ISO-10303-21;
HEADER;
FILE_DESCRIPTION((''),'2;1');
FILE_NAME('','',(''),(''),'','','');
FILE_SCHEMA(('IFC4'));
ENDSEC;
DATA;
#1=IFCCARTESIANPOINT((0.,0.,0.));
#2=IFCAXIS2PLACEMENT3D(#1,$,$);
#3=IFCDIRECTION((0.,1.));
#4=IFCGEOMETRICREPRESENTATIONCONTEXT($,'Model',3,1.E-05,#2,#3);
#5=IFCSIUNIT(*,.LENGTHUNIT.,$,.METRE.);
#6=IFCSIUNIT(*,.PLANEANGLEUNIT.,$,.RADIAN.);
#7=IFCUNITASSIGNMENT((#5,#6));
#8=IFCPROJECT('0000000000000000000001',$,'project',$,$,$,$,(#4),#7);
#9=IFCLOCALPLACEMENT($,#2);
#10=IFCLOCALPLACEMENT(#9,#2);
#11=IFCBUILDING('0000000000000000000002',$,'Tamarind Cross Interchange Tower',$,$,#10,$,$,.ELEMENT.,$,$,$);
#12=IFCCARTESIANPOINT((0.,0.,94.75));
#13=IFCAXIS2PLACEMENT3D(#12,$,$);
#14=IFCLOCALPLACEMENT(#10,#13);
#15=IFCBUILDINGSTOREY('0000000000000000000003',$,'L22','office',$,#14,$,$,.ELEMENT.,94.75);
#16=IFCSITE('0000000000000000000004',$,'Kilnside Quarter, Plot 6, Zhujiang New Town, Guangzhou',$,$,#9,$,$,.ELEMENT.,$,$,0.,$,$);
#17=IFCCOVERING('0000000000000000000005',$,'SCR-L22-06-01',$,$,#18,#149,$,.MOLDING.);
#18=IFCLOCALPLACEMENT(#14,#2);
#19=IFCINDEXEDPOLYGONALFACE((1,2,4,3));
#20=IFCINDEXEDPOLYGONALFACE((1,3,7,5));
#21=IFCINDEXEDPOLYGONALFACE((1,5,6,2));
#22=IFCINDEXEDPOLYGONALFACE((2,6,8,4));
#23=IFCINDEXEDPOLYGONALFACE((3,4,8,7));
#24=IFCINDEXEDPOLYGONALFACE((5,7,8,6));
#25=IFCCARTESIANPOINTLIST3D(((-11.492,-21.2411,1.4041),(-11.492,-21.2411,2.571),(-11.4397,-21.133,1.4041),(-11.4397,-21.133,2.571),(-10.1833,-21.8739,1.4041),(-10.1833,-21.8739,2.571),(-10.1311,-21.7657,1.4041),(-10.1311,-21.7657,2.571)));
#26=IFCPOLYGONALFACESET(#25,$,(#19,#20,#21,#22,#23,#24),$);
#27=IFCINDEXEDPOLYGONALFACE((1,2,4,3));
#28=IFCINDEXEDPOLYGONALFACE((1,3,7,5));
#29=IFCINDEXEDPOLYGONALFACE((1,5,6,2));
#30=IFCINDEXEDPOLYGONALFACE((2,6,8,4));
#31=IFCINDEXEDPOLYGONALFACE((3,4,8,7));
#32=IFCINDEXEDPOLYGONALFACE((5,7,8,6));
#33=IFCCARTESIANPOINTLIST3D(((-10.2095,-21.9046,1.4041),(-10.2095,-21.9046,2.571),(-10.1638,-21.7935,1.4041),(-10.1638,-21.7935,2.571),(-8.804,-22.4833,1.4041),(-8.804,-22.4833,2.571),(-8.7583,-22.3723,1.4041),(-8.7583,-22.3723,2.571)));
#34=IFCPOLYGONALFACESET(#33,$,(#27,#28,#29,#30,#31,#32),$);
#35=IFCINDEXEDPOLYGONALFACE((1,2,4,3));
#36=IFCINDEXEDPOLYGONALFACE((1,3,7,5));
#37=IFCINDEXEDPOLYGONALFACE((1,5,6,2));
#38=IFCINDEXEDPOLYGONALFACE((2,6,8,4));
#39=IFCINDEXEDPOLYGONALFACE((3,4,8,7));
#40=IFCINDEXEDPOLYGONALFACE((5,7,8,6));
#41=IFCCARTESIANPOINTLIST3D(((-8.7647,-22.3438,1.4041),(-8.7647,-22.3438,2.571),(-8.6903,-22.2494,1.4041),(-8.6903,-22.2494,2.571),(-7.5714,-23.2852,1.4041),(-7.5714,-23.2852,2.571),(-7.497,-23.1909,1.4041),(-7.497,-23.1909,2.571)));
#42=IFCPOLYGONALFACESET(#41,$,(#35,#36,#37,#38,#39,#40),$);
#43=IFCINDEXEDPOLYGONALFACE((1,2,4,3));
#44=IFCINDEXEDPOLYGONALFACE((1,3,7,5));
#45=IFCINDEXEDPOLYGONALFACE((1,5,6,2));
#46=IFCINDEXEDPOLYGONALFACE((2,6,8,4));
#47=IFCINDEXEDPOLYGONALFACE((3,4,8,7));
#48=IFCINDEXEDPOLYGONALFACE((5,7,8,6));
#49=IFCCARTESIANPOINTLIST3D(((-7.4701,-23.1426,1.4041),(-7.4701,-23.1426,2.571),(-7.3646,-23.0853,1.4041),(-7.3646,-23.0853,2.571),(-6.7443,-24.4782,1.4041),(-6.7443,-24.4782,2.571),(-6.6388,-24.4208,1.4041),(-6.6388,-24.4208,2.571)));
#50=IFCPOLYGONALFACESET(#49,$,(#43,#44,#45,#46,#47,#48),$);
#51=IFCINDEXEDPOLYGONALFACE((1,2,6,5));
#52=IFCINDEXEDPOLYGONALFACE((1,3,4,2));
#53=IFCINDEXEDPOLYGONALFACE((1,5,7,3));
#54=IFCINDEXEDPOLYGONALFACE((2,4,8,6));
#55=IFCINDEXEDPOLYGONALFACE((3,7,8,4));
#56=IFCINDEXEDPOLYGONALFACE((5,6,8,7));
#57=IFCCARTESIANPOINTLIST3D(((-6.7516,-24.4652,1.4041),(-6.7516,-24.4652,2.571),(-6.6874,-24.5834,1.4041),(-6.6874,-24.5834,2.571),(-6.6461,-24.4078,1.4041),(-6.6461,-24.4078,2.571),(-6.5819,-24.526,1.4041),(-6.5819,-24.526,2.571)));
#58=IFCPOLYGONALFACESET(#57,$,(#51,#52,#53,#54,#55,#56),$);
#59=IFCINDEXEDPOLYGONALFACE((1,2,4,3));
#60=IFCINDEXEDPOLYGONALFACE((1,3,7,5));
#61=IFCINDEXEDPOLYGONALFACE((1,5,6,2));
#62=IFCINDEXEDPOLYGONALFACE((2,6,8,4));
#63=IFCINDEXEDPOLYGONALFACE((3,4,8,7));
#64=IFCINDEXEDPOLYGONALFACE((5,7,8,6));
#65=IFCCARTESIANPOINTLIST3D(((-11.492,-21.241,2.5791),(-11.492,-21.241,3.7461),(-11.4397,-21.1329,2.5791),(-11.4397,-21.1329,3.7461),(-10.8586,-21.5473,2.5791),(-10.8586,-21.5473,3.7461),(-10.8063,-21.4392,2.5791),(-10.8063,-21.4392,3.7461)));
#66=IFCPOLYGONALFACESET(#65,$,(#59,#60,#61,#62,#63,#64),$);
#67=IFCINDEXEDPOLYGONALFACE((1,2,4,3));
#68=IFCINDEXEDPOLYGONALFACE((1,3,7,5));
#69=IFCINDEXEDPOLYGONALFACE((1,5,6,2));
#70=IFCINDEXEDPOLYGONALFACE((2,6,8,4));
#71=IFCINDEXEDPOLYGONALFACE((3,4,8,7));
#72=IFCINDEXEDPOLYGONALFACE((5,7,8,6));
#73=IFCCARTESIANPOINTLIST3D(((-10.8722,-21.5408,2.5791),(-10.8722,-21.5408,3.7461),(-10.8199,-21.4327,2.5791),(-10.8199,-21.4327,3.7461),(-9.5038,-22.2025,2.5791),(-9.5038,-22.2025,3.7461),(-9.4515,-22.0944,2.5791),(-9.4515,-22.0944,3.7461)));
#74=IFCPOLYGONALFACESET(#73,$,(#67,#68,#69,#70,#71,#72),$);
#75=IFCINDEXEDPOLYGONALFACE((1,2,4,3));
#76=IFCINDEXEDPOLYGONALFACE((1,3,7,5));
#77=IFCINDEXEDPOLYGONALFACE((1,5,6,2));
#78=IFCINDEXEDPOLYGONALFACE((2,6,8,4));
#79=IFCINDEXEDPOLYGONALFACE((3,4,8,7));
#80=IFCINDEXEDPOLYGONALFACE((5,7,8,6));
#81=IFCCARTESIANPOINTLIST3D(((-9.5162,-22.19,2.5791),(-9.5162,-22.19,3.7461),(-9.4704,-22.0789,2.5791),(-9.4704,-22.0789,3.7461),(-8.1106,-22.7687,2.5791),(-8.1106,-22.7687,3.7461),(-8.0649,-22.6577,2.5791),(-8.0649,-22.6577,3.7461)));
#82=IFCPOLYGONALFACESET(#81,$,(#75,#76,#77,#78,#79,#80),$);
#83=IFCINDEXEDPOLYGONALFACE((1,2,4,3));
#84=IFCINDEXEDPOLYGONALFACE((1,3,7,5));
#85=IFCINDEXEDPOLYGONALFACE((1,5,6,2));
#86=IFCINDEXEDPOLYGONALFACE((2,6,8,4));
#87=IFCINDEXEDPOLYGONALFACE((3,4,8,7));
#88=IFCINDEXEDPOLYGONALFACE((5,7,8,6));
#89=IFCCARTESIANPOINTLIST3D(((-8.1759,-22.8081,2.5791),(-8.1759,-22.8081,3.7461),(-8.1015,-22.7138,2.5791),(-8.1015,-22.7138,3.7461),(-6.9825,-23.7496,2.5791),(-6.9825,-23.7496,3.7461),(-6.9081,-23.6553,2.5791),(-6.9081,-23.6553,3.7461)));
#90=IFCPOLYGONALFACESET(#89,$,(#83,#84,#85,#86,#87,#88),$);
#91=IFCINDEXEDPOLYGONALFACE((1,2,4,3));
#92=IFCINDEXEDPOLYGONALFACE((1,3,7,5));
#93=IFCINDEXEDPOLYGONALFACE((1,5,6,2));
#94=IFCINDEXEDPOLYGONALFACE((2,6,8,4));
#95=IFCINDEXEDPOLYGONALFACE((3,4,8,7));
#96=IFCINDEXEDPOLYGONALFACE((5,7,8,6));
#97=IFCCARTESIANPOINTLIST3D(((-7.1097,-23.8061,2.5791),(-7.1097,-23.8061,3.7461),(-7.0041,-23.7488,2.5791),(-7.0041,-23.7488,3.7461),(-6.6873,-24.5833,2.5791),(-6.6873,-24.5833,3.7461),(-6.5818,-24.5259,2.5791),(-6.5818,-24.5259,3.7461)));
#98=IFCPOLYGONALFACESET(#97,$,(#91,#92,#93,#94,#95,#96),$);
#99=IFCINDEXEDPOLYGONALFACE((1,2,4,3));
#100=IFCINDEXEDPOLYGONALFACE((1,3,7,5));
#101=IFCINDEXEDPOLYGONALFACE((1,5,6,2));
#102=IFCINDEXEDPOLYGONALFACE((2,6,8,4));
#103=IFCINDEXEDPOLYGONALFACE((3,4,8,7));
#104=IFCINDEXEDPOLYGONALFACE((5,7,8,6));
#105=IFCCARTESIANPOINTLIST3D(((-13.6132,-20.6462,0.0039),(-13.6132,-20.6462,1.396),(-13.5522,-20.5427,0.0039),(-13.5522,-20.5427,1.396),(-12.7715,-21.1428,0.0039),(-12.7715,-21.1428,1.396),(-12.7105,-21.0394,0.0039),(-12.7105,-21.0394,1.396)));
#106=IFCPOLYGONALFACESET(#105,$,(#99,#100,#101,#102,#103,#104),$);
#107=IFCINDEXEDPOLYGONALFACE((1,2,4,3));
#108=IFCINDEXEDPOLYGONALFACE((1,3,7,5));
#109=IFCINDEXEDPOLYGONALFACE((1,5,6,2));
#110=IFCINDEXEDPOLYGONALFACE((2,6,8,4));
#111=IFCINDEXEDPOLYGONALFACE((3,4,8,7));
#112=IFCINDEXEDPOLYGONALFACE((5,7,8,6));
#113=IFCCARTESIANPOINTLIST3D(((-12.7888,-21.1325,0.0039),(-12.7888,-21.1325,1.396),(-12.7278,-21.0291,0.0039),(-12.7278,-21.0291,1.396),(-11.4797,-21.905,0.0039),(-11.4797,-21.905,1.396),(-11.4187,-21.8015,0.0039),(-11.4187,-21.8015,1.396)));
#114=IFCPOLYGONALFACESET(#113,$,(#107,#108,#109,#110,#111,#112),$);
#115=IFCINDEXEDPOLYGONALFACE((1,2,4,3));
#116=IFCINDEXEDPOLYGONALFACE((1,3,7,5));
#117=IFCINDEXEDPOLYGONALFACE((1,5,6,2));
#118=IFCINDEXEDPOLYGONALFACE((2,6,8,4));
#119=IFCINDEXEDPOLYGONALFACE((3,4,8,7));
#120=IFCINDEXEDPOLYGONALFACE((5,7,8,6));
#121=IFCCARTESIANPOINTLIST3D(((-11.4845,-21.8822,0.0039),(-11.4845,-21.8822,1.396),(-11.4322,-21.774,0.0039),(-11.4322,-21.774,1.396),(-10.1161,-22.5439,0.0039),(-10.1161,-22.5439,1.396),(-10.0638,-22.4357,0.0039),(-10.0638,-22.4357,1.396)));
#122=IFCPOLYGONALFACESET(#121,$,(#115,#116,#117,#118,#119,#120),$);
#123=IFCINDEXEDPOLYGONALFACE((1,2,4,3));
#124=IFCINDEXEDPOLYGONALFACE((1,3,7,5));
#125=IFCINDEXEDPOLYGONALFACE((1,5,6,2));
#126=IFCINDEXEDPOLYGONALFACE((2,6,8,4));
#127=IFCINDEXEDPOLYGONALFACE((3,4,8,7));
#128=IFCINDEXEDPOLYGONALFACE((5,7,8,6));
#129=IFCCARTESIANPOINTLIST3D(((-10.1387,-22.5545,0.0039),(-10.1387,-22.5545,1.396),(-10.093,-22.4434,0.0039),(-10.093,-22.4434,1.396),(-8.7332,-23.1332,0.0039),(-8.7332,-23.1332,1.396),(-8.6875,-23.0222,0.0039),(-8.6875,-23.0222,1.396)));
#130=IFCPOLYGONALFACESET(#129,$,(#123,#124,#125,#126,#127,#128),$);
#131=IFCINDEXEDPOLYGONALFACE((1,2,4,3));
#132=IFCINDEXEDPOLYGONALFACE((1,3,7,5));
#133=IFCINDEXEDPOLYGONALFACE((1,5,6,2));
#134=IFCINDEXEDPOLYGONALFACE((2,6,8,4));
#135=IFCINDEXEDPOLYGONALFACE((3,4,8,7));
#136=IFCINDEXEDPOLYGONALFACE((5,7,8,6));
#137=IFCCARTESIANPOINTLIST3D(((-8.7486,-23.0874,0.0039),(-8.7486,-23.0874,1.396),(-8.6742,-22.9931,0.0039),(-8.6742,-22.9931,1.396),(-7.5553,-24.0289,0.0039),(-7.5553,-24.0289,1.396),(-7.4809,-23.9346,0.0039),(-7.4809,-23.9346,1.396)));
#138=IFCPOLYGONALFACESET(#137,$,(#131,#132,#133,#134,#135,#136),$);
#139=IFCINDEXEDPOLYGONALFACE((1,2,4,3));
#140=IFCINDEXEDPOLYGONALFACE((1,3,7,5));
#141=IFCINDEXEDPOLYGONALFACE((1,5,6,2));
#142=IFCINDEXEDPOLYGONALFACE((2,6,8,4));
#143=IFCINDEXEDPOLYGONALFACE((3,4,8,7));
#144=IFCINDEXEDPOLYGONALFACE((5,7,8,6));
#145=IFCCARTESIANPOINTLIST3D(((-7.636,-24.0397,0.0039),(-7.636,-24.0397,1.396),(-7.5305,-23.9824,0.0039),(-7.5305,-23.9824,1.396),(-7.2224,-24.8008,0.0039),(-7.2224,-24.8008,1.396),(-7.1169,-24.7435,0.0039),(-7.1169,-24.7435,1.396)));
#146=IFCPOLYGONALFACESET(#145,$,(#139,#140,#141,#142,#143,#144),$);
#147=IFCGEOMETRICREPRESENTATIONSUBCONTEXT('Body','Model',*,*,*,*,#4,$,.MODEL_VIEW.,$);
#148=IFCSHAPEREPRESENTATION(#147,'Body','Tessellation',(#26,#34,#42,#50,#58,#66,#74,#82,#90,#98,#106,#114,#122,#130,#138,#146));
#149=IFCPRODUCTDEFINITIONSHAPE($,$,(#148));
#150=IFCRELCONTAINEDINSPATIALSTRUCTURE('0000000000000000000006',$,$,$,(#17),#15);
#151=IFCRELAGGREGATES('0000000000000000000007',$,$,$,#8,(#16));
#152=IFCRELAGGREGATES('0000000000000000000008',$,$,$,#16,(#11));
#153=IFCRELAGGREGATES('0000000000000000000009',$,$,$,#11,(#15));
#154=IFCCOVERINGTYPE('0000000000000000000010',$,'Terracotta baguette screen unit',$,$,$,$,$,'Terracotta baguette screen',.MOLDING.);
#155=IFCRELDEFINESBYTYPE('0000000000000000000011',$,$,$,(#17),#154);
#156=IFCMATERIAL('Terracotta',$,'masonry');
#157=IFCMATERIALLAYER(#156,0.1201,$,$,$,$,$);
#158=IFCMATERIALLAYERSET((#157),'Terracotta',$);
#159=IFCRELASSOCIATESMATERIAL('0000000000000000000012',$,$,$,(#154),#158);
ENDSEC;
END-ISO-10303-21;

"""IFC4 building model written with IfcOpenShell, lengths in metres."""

from ifc_helpers import new_model, si_unit, direction, frame, origin, origin_2d, place, context, subcontext, project, spatial, rectangle, extrude, material, layer, layer_set, type_object, element, save


model = new_model("IFC4")

# Units and contexts
model_context = context("Model", 3, precision=1e-05, world=origin(), true_north=direction((0.0, 1.0)))
body_context = subcontext(model_context, "Body", "Model", "MODEL_VIEW")
ifc_project = project(units=[si_unit("LENGTHUNIT", "METRE"), si_unit("PLANEANGLEUNIT", "RADIAN")], contexts=[model_context])

# Site, building, storey
site_placement = place(None, origin())
site = spatial("IfcSite", under=ifc_project, at=site_placement, Name="Kilnside Quarter, Plot 6, Zhujiang New Town, Guangzhou", CompositionType="ELEMENT", RefElevation=0.0)
building_placement = place(site_placement, origin())
building = spatial("IfcBuilding", under=site, at=building_placement, Name="Tamarind Cross Interchange Tower", CompositionType="ELEMENT")
storey_placement = place(building_placement, frame((0.0, 0.0, 94.75)))
storey = spatial("IfcBuildingStorey", under=building, at=storey_placement, Name="L22", Description="office", CompositionType="ELEMENT", Elevation=94.75)

# Covering
ifc_material_1 = material(Name="Terracotta", Category="masonry")
ifc_layer_1 = layer(ifc_material_1, 0.1201)
ifc_layer_set_1 = layer_set([ifc_layer_1], Name="Terracotta")
covering_type = type_object("IfcCoveringType", Name="Terracotta baguette screen unit", ElementType="Terracotta baguette screen", PredefinedType="MOLDING", material=ifc_layer_set_1)
covering_1_placement = place(storey_placement, origin())
element("IfcCovering", 1, at=covering_1_placement, inside=storey, type_object=covering_type, Name="SCR-L22-06-01", PredefinedType="MOLDING", context=body_context, shape_type="SweptSolid", body=[
    extrude(rectangle(XDim=1.4536, YDim=0.1201, at=origin_2d()), frame((-10.8115, -21.5034, 1.4041), z_axis=(0.0, 0.0, 1.0), x_axis=(0.900273, -0.435326, 0.0)), (0.0, 0.0, 1.0), 1.167),
    extrude(rectangle(XDim=1.52, YDim=0.1201, at=origin_2d()), frame((-9.4839, -22.1384, 1.4041), z_axis=(0.0, 0.0, 1.0), x_axis=(0.924674, -0.38076, 0.0)), (0.0, 0.0, 1.0), 1.167),
    extrude(rectangle(XDim=1.52, YDim=0.1201, at=origin_2d()), frame((-8.1309, -22.7673, 1.4041), z_axis=(0.0, 0.0, 1.0), x_axis=(0.785092, -0.619379, 0.0)), (0.0, 0.0, 1.0), 1.167),
    extrude(rectangle(XDim=1.52, YDim=0.1201, at=origin_2d()), frame((-7.0544, -23.7817, 1.4041), z_axis=(0.0, 0.0, 1.0), x_axis=(0.477495, -0.878634, 0.0)), (0.0, 0.0, 1.0), 1.167),
    extrude(rectangle(XDim=0.1345, YDim=0.1201, at=origin_2d()), frame((-6.6667, -24.4956, 1.4041), z_axis=(0.0, 0.0, 1.0), x_axis=(0.477495, -0.878634, 0.0)), (0.0, 0.0, 1.0), 1.167),
    extrude(rectangle(XDim=0.7036, YDim=0.1201, at=origin_2d()), frame((-11.1492, -21.3401, 2.5791), z_axis=(0.0, 0.0, 1.0), x_axis=(0.900273, -0.435326, 0.0)), (0.0, 0.0, 1.0), 1.167),
    extrude(rectangle(XDim=1.52, YDim=0.1201, at=origin_2d()), frame((-10.1619, -21.8176, 2.5791), z_axis=(0.0, 0.0, 1.0), x_axis=(0.900273, -0.435326, 0.0)), (0.0, 0.0, 1.0), 1.167),
    extrude(rectangle(XDim=1.52, YDim=0.1201, at=origin_2d()), frame((-8.7905, -22.4238, 2.5791), z_axis=(0.0, 0.0, 1.0), x_axis=(0.924674, -0.38076, 0.0)), (0.0, 0.0, 1.0), 1.167),
    extrude(rectangle(XDim=1.52, YDim=0.1201, at=origin_2d()), frame((-7.542, -23.2317, 2.5791), z_axis=(0.0, 0.0, 1.0), x_axis=(0.785092, -0.619379, 0.0)), (0.0, 0.0, 1.0), 1.167),
    extrude(rectangle(XDim=0.8845, YDim=0.1201, at=origin_2d()), frame((-6.8457, -24.166, 2.5791), z_axis=(0.0, 0.0, 1.0), x_axis=(0.477495, -0.878634, 0.0)), (0.0, 0.0, 1.0), 1.167),
    extrude(rectangle(XDim=0.9773, YDim=0.1201, at=origin_2d()), frame((-13.1619, -20.8428, 0.0039), z_axis=(0.0, 0.0, 1.0), x_axis=(0.861249, -0.508183, 0.0)), (0.0, 0.0, 1.0), 1.3921),
    extrude(rectangle(XDim=1.52, YDim=0.1201, at=origin_2d()), frame((-12.1038, -21.467, 0.0039), z_axis=(0.0, 0.0, 1.0), x_axis=(0.861249, -0.508183, 0.0)), (0.0, 0.0, 1.0), 1.3921),
    extrude(rectangle(XDim=1.52, YDim=0.1201, at=origin_2d()), frame((-10.7742, -22.1589, 0.0039), z_axis=(0.0, 0.0, 1.0), x_axis=(0.900273, -0.435326, 0.0)), (0.0, 0.0, 1.0), 1.3921),
    extrude(rectangle(XDim=1.52, YDim=0.1201, at=origin_2d()), frame((-9.4131, -22.7883, 0.0039), z_axis=(0.0, 0.0, 1.0), x_axis=(0.924674, -0.38076, 0.0)), (0.0, 0.0, 1.0), 1.3921),
    extrude(rectangle(XDim=1.52, YDim=0.1201, at=origin_2d()), frame((-8.1147, -23.511, 0.0039), z_axis=(0.0, 0.0, 1.0), x_axis=(0.785092, -0.619379, 0.0)), (0.0, 0.0, 1.0), 1.3921),
    extrude(rectangle(XDim=0.8662, YDim=0.1201, at=origin_2d()), frame((-7.3765, -24.3916, 0.0039), z_axis=(0.0, 0.0, 1.0), x_axis=(0.477495, -0.878634, 0.0)), (0.0, 0.0, 1.0), 1.3921),
])

save(model, "model.ifc")
